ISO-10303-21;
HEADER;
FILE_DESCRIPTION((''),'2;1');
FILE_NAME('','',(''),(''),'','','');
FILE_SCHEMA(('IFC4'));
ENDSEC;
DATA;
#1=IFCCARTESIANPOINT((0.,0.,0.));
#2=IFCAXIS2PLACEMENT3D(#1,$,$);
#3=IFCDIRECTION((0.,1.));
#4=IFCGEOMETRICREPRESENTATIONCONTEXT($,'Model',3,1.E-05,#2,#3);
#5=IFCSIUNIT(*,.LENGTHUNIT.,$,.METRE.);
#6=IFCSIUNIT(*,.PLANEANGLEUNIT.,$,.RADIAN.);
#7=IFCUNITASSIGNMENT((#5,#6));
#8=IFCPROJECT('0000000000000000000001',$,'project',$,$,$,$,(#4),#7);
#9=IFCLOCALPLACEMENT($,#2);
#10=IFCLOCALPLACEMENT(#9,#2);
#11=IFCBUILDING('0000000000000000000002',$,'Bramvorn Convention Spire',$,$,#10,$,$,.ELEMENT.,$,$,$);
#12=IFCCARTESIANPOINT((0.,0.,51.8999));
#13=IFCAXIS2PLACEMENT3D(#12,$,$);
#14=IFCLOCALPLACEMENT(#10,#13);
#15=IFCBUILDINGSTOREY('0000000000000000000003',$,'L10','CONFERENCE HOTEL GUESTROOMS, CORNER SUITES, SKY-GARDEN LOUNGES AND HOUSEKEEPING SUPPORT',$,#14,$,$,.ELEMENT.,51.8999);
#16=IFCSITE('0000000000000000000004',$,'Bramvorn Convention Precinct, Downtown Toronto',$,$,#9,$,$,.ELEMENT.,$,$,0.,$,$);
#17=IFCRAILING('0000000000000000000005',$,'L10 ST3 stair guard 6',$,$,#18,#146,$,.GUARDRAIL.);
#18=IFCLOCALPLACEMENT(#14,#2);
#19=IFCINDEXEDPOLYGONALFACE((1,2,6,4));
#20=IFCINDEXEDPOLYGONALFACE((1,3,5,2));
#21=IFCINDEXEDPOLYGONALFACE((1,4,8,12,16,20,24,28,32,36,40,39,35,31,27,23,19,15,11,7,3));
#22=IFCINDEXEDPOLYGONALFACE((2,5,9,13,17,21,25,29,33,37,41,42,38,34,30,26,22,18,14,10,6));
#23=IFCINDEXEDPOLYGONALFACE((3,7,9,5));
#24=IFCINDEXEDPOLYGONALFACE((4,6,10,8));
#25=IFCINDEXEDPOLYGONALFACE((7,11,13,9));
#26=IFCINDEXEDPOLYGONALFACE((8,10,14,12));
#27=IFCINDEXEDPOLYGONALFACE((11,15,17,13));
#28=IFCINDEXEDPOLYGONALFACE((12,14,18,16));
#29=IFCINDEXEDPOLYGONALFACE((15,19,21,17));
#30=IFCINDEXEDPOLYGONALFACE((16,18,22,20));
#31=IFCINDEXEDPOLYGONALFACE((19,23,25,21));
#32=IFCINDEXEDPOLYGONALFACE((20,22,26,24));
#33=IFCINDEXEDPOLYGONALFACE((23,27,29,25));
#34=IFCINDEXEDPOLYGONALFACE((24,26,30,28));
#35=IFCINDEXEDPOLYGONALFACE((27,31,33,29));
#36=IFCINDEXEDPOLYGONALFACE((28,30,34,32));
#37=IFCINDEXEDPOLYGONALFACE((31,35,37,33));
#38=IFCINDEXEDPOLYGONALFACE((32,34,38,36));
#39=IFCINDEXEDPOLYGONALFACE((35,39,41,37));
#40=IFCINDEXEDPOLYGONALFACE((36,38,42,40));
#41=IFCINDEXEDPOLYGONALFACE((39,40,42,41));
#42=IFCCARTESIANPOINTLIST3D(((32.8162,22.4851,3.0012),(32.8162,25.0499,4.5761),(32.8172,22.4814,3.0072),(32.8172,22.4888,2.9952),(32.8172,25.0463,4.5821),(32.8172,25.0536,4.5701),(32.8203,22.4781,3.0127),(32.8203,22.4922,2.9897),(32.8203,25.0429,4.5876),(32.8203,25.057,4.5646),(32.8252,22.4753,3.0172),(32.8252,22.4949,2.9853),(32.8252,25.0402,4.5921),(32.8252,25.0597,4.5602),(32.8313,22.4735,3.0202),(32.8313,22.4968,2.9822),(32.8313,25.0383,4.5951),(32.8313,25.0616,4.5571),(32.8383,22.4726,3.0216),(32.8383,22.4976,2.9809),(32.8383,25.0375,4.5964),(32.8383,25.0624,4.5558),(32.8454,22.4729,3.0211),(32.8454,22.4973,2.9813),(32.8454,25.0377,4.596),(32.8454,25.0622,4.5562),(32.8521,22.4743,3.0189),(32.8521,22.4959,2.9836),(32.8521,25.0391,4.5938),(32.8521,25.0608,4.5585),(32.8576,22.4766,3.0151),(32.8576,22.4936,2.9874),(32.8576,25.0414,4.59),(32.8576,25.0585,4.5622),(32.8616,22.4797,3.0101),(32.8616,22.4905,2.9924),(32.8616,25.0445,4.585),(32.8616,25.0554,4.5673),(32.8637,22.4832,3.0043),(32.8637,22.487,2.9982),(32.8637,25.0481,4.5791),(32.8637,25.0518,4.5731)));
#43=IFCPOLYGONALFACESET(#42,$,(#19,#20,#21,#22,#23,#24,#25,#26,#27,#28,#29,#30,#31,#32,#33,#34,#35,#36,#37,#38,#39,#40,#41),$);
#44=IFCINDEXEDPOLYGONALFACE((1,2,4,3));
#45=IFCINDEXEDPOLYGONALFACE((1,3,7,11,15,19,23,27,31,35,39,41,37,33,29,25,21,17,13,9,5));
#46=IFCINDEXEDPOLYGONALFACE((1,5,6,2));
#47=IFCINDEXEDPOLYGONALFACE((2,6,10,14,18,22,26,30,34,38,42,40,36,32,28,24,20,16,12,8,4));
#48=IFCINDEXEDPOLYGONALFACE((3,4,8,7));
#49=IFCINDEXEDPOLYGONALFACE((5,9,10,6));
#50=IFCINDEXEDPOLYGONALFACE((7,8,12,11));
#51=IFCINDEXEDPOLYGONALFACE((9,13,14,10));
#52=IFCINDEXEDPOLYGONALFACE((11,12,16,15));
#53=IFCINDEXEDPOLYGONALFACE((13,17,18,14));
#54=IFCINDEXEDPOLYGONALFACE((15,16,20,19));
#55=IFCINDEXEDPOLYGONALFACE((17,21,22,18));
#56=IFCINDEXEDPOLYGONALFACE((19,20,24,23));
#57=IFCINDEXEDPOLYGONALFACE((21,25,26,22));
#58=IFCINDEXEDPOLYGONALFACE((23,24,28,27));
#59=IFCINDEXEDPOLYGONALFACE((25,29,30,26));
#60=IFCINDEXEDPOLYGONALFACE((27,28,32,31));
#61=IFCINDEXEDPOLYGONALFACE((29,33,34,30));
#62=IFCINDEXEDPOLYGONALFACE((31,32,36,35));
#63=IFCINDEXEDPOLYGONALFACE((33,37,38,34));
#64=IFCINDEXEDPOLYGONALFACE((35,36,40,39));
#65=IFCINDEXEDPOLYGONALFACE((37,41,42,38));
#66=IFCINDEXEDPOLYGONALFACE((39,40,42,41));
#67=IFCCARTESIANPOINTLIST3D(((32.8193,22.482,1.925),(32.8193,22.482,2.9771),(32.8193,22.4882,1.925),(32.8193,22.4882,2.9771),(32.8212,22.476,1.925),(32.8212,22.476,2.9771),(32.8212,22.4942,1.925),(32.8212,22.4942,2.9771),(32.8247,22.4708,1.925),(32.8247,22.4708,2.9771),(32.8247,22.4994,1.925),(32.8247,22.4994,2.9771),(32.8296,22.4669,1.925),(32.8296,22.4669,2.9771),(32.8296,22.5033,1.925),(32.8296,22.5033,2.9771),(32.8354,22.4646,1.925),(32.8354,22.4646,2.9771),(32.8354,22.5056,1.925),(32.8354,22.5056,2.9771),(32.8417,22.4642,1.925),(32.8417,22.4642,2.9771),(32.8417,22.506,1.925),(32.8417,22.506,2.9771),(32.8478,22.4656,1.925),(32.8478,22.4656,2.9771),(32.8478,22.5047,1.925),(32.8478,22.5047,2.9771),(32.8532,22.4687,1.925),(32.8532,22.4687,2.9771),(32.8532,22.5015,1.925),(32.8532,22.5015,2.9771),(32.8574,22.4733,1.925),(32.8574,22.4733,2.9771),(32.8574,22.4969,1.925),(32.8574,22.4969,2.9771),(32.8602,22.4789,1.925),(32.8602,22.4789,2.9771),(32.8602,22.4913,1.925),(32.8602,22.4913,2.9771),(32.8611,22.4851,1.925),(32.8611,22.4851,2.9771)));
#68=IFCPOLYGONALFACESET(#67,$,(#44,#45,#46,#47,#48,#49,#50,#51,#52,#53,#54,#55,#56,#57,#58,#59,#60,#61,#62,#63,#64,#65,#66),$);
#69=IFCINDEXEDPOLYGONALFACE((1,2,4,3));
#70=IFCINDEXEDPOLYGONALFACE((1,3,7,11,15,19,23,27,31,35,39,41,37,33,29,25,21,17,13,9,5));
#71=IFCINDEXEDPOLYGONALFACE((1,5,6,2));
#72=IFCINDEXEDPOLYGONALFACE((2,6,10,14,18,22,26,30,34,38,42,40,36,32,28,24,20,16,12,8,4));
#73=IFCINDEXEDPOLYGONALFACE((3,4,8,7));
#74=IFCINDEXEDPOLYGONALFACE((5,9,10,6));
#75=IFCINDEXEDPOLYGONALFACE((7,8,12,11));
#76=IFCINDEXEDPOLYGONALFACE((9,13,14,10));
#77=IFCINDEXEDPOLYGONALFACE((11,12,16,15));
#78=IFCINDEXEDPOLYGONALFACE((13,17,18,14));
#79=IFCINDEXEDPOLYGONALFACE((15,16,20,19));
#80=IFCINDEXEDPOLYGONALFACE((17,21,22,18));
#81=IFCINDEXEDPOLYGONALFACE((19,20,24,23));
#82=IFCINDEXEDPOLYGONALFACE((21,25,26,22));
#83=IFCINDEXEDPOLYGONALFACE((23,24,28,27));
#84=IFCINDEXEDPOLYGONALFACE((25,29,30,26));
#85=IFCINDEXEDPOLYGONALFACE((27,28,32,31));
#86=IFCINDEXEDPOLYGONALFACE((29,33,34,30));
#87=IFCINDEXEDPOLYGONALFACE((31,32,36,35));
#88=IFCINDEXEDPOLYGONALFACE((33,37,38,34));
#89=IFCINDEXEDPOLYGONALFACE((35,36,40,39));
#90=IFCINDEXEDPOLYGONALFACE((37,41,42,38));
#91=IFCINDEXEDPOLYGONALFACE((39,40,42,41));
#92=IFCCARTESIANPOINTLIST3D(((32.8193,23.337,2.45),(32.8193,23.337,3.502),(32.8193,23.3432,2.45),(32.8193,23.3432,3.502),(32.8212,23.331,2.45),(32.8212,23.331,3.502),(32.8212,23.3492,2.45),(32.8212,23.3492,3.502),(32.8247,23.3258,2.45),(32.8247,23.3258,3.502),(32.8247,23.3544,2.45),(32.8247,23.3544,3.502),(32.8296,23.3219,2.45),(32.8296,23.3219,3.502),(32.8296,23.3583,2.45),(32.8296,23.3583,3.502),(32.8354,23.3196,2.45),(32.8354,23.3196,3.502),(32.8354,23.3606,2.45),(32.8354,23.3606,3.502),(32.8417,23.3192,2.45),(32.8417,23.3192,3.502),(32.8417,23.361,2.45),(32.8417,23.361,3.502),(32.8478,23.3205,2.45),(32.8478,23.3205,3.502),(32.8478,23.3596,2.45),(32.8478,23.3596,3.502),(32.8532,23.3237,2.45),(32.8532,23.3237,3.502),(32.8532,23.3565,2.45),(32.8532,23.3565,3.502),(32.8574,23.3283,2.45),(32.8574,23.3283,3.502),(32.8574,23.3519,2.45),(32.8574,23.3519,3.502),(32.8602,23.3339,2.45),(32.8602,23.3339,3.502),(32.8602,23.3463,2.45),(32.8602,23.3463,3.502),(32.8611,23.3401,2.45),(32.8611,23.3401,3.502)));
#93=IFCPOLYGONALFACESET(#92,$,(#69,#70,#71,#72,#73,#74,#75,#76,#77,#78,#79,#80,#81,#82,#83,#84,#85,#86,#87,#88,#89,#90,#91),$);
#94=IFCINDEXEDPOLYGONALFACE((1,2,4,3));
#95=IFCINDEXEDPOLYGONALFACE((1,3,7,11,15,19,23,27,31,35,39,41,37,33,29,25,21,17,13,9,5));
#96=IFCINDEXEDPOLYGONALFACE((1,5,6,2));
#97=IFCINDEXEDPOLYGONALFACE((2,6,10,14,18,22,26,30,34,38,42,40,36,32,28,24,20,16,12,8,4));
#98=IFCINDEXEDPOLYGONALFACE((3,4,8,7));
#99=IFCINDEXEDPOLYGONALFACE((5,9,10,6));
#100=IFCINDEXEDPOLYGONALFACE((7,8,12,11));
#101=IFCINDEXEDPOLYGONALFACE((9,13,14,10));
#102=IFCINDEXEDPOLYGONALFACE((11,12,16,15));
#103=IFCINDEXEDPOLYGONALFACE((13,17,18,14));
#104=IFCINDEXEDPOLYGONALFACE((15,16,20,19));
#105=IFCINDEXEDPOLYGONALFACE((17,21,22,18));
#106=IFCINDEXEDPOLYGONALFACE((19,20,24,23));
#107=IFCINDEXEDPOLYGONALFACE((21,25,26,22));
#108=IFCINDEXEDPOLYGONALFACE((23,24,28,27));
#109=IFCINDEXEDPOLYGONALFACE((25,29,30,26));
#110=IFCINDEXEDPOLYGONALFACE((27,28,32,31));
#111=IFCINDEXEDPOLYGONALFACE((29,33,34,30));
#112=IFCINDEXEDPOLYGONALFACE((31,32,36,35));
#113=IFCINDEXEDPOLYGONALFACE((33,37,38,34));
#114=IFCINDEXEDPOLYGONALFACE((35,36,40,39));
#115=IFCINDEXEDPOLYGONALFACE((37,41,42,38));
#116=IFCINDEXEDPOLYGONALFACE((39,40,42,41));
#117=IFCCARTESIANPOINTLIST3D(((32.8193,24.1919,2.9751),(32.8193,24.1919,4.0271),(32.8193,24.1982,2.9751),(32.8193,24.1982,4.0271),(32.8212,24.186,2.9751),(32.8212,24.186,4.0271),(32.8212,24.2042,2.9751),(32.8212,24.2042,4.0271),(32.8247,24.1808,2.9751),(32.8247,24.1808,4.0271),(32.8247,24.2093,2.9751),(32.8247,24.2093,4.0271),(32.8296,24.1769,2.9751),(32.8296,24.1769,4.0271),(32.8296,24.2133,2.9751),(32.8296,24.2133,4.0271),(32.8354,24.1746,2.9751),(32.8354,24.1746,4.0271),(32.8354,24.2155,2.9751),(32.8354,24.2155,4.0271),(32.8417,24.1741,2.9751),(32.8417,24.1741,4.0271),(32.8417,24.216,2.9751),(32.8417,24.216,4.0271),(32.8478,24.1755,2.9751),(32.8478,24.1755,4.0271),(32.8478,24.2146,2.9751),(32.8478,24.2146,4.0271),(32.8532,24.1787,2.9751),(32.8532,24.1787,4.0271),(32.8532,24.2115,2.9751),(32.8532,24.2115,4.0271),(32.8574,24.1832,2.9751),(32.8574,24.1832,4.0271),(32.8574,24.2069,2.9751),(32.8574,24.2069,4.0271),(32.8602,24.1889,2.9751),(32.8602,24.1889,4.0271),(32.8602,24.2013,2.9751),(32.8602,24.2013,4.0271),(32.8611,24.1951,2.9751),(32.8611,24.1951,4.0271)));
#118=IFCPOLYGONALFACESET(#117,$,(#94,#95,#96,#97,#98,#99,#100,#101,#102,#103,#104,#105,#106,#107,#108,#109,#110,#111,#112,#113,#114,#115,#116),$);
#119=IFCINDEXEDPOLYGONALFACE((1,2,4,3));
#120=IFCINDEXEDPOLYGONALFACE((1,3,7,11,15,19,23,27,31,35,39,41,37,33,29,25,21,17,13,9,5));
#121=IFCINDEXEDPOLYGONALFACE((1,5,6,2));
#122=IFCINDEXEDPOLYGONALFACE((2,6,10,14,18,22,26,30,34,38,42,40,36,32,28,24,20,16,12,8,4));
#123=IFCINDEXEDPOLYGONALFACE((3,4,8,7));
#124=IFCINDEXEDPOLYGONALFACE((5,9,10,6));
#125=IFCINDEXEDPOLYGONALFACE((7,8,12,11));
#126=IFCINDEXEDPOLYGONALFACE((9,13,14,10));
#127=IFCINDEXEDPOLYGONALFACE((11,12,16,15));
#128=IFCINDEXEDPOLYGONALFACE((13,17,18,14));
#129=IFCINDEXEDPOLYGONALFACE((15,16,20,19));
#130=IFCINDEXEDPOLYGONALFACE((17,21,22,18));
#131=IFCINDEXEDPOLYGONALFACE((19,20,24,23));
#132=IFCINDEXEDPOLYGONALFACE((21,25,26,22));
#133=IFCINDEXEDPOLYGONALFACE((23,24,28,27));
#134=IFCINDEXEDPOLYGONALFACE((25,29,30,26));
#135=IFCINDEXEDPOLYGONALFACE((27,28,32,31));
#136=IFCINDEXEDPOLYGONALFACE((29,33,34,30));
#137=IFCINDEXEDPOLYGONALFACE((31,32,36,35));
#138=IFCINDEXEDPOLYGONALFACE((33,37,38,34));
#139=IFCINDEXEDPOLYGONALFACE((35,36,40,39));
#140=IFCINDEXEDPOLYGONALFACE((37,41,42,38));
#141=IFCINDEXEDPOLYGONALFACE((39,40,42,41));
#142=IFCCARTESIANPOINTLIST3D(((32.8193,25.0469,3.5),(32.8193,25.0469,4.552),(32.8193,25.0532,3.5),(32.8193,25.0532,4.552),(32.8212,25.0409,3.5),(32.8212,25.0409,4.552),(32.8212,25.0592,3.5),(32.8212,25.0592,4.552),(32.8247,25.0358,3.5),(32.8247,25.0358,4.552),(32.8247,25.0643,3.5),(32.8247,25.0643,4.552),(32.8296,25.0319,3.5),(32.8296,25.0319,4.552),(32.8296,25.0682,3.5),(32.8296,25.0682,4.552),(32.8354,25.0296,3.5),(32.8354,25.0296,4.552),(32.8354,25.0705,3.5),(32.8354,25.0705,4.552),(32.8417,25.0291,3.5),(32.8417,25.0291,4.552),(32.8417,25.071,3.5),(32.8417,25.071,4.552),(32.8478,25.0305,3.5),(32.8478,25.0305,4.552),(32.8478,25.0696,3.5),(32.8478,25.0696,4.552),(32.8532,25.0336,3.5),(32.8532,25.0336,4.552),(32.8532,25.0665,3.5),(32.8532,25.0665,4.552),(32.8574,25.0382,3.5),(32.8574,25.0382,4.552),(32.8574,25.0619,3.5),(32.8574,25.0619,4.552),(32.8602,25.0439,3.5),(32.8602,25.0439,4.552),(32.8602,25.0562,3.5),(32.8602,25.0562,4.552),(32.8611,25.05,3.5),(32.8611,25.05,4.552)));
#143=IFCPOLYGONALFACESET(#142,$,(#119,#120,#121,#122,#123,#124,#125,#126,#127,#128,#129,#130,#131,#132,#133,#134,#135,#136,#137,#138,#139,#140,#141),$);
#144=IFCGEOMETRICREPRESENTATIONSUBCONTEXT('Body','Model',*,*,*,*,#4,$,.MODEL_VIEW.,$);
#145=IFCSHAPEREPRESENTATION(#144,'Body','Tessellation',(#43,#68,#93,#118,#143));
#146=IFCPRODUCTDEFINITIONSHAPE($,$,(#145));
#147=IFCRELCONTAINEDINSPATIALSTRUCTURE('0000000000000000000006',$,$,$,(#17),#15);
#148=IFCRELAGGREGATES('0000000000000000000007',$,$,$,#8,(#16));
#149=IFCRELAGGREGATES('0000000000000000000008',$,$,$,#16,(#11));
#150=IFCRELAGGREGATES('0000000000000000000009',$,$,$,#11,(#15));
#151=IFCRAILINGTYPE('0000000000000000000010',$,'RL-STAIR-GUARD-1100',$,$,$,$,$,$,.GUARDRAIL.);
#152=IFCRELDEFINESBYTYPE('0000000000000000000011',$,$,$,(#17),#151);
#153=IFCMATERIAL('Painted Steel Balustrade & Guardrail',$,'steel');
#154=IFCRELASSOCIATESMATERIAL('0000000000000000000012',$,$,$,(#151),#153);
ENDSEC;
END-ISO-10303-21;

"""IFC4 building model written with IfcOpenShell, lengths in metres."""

from ifc_helpers import new_model, si_unit, direction, frame, origin, origin_2d, place, context, subcontext, project, spatial, circle, extrude, material, type_object, element, save


model = new_model("IFC4")

# Units and contexts
model_context = context("Model", 3, precision=1e-05, world=origin(), true_north=direction((0.0, 1.0)))
body_context = subcontext(model_context, "Body", "Model", "MODEL_VIEW")
ifc_project = project(units=[si_unit("LENGTHUNIT", "METRE"), si_unit("PLANEANGLEUNIT", "RADIAN")], contexts=[model_context])

# Site, building, storey
site_placement = place(None, origin())
site = spatial("IfcSite", under=ifc_project, at=site_placement, Name="Bramvorn Convention Precinct, Downtown Toronto", CompositionType="ELEMENT", RefElevation=0.0)
building_placement = place(site_placement, origin())
building = spatial("IfcBuilding", under=site, at=building_placement, Name="Bramvorn Convention Spire", CompositionType="ELEMENT")
storey_placement = place(building_placement, frame((0.0, 0.0, 51.8999)))
storey = spatial("IfcBuildingStorey", under=building, at=storey_placement, Name="L10", Description="CONFERENCE HOTEL GUESTROOMS, CORNER SUITES, SKY-GARDEN LOUNGES AND HOUSEKEEPING SUPPORT", CompositionType="ELEMENT", Elevation=51.8999)

# Railing
ifc_material_1 = material(Name="Painted Steel Balustrade & Guardrail", Category="steel")
railing_type_1 = type_object("IfcRailingType", Name="RL-STAIR-GUARD-1100", PredefinedType="GUARDRAIL", material=ifc_material_1)
railing_1_placement = place(storey_placement, frame((32.8401, 22.4851, 1.925)))
element("IfcRailing", 1, at=railing_1_placement, inside=storey, type_object=railing_type_1, Name="L10 ST3 stair guard 6", PredefinedType="GUARDRAIL", context=body_context, shape_type="SweptSolid", body=[
    extrude(circle(Radius=0.0239, at=origin_2d()), frame((0.0, 0.0, 1.0762), z_axis=(0.0, 0.852173, 0.52326), x_axis=(-1.0, 0.0, 0.0)), (0.0, 0.0, 1.0), 3.0098),
    extrude(circle(Radius=0.021, at=origin_2d()), origin(), (0.0, 0.0, 1.0), 1.052),
    extrude(circle(Radius=0.021, at=origin_2d()), frame((0.0, 0.855, 0.5249)), (0.0, 0.0, 1.0), 1.052),
    extrude(circle(Radius=0.021, at=origin_2d()), frame((0.0, 1.71, 1.05)), (0.0, 0.0, 1.0), 1.052),
    extrude(circle(Radius=0.021, at=origin_2d()), frame((0.0, 2.5649, 1.575)), (0.0, 0.0, 1.0), 1.052),
])

save(model, "model.ifc")
